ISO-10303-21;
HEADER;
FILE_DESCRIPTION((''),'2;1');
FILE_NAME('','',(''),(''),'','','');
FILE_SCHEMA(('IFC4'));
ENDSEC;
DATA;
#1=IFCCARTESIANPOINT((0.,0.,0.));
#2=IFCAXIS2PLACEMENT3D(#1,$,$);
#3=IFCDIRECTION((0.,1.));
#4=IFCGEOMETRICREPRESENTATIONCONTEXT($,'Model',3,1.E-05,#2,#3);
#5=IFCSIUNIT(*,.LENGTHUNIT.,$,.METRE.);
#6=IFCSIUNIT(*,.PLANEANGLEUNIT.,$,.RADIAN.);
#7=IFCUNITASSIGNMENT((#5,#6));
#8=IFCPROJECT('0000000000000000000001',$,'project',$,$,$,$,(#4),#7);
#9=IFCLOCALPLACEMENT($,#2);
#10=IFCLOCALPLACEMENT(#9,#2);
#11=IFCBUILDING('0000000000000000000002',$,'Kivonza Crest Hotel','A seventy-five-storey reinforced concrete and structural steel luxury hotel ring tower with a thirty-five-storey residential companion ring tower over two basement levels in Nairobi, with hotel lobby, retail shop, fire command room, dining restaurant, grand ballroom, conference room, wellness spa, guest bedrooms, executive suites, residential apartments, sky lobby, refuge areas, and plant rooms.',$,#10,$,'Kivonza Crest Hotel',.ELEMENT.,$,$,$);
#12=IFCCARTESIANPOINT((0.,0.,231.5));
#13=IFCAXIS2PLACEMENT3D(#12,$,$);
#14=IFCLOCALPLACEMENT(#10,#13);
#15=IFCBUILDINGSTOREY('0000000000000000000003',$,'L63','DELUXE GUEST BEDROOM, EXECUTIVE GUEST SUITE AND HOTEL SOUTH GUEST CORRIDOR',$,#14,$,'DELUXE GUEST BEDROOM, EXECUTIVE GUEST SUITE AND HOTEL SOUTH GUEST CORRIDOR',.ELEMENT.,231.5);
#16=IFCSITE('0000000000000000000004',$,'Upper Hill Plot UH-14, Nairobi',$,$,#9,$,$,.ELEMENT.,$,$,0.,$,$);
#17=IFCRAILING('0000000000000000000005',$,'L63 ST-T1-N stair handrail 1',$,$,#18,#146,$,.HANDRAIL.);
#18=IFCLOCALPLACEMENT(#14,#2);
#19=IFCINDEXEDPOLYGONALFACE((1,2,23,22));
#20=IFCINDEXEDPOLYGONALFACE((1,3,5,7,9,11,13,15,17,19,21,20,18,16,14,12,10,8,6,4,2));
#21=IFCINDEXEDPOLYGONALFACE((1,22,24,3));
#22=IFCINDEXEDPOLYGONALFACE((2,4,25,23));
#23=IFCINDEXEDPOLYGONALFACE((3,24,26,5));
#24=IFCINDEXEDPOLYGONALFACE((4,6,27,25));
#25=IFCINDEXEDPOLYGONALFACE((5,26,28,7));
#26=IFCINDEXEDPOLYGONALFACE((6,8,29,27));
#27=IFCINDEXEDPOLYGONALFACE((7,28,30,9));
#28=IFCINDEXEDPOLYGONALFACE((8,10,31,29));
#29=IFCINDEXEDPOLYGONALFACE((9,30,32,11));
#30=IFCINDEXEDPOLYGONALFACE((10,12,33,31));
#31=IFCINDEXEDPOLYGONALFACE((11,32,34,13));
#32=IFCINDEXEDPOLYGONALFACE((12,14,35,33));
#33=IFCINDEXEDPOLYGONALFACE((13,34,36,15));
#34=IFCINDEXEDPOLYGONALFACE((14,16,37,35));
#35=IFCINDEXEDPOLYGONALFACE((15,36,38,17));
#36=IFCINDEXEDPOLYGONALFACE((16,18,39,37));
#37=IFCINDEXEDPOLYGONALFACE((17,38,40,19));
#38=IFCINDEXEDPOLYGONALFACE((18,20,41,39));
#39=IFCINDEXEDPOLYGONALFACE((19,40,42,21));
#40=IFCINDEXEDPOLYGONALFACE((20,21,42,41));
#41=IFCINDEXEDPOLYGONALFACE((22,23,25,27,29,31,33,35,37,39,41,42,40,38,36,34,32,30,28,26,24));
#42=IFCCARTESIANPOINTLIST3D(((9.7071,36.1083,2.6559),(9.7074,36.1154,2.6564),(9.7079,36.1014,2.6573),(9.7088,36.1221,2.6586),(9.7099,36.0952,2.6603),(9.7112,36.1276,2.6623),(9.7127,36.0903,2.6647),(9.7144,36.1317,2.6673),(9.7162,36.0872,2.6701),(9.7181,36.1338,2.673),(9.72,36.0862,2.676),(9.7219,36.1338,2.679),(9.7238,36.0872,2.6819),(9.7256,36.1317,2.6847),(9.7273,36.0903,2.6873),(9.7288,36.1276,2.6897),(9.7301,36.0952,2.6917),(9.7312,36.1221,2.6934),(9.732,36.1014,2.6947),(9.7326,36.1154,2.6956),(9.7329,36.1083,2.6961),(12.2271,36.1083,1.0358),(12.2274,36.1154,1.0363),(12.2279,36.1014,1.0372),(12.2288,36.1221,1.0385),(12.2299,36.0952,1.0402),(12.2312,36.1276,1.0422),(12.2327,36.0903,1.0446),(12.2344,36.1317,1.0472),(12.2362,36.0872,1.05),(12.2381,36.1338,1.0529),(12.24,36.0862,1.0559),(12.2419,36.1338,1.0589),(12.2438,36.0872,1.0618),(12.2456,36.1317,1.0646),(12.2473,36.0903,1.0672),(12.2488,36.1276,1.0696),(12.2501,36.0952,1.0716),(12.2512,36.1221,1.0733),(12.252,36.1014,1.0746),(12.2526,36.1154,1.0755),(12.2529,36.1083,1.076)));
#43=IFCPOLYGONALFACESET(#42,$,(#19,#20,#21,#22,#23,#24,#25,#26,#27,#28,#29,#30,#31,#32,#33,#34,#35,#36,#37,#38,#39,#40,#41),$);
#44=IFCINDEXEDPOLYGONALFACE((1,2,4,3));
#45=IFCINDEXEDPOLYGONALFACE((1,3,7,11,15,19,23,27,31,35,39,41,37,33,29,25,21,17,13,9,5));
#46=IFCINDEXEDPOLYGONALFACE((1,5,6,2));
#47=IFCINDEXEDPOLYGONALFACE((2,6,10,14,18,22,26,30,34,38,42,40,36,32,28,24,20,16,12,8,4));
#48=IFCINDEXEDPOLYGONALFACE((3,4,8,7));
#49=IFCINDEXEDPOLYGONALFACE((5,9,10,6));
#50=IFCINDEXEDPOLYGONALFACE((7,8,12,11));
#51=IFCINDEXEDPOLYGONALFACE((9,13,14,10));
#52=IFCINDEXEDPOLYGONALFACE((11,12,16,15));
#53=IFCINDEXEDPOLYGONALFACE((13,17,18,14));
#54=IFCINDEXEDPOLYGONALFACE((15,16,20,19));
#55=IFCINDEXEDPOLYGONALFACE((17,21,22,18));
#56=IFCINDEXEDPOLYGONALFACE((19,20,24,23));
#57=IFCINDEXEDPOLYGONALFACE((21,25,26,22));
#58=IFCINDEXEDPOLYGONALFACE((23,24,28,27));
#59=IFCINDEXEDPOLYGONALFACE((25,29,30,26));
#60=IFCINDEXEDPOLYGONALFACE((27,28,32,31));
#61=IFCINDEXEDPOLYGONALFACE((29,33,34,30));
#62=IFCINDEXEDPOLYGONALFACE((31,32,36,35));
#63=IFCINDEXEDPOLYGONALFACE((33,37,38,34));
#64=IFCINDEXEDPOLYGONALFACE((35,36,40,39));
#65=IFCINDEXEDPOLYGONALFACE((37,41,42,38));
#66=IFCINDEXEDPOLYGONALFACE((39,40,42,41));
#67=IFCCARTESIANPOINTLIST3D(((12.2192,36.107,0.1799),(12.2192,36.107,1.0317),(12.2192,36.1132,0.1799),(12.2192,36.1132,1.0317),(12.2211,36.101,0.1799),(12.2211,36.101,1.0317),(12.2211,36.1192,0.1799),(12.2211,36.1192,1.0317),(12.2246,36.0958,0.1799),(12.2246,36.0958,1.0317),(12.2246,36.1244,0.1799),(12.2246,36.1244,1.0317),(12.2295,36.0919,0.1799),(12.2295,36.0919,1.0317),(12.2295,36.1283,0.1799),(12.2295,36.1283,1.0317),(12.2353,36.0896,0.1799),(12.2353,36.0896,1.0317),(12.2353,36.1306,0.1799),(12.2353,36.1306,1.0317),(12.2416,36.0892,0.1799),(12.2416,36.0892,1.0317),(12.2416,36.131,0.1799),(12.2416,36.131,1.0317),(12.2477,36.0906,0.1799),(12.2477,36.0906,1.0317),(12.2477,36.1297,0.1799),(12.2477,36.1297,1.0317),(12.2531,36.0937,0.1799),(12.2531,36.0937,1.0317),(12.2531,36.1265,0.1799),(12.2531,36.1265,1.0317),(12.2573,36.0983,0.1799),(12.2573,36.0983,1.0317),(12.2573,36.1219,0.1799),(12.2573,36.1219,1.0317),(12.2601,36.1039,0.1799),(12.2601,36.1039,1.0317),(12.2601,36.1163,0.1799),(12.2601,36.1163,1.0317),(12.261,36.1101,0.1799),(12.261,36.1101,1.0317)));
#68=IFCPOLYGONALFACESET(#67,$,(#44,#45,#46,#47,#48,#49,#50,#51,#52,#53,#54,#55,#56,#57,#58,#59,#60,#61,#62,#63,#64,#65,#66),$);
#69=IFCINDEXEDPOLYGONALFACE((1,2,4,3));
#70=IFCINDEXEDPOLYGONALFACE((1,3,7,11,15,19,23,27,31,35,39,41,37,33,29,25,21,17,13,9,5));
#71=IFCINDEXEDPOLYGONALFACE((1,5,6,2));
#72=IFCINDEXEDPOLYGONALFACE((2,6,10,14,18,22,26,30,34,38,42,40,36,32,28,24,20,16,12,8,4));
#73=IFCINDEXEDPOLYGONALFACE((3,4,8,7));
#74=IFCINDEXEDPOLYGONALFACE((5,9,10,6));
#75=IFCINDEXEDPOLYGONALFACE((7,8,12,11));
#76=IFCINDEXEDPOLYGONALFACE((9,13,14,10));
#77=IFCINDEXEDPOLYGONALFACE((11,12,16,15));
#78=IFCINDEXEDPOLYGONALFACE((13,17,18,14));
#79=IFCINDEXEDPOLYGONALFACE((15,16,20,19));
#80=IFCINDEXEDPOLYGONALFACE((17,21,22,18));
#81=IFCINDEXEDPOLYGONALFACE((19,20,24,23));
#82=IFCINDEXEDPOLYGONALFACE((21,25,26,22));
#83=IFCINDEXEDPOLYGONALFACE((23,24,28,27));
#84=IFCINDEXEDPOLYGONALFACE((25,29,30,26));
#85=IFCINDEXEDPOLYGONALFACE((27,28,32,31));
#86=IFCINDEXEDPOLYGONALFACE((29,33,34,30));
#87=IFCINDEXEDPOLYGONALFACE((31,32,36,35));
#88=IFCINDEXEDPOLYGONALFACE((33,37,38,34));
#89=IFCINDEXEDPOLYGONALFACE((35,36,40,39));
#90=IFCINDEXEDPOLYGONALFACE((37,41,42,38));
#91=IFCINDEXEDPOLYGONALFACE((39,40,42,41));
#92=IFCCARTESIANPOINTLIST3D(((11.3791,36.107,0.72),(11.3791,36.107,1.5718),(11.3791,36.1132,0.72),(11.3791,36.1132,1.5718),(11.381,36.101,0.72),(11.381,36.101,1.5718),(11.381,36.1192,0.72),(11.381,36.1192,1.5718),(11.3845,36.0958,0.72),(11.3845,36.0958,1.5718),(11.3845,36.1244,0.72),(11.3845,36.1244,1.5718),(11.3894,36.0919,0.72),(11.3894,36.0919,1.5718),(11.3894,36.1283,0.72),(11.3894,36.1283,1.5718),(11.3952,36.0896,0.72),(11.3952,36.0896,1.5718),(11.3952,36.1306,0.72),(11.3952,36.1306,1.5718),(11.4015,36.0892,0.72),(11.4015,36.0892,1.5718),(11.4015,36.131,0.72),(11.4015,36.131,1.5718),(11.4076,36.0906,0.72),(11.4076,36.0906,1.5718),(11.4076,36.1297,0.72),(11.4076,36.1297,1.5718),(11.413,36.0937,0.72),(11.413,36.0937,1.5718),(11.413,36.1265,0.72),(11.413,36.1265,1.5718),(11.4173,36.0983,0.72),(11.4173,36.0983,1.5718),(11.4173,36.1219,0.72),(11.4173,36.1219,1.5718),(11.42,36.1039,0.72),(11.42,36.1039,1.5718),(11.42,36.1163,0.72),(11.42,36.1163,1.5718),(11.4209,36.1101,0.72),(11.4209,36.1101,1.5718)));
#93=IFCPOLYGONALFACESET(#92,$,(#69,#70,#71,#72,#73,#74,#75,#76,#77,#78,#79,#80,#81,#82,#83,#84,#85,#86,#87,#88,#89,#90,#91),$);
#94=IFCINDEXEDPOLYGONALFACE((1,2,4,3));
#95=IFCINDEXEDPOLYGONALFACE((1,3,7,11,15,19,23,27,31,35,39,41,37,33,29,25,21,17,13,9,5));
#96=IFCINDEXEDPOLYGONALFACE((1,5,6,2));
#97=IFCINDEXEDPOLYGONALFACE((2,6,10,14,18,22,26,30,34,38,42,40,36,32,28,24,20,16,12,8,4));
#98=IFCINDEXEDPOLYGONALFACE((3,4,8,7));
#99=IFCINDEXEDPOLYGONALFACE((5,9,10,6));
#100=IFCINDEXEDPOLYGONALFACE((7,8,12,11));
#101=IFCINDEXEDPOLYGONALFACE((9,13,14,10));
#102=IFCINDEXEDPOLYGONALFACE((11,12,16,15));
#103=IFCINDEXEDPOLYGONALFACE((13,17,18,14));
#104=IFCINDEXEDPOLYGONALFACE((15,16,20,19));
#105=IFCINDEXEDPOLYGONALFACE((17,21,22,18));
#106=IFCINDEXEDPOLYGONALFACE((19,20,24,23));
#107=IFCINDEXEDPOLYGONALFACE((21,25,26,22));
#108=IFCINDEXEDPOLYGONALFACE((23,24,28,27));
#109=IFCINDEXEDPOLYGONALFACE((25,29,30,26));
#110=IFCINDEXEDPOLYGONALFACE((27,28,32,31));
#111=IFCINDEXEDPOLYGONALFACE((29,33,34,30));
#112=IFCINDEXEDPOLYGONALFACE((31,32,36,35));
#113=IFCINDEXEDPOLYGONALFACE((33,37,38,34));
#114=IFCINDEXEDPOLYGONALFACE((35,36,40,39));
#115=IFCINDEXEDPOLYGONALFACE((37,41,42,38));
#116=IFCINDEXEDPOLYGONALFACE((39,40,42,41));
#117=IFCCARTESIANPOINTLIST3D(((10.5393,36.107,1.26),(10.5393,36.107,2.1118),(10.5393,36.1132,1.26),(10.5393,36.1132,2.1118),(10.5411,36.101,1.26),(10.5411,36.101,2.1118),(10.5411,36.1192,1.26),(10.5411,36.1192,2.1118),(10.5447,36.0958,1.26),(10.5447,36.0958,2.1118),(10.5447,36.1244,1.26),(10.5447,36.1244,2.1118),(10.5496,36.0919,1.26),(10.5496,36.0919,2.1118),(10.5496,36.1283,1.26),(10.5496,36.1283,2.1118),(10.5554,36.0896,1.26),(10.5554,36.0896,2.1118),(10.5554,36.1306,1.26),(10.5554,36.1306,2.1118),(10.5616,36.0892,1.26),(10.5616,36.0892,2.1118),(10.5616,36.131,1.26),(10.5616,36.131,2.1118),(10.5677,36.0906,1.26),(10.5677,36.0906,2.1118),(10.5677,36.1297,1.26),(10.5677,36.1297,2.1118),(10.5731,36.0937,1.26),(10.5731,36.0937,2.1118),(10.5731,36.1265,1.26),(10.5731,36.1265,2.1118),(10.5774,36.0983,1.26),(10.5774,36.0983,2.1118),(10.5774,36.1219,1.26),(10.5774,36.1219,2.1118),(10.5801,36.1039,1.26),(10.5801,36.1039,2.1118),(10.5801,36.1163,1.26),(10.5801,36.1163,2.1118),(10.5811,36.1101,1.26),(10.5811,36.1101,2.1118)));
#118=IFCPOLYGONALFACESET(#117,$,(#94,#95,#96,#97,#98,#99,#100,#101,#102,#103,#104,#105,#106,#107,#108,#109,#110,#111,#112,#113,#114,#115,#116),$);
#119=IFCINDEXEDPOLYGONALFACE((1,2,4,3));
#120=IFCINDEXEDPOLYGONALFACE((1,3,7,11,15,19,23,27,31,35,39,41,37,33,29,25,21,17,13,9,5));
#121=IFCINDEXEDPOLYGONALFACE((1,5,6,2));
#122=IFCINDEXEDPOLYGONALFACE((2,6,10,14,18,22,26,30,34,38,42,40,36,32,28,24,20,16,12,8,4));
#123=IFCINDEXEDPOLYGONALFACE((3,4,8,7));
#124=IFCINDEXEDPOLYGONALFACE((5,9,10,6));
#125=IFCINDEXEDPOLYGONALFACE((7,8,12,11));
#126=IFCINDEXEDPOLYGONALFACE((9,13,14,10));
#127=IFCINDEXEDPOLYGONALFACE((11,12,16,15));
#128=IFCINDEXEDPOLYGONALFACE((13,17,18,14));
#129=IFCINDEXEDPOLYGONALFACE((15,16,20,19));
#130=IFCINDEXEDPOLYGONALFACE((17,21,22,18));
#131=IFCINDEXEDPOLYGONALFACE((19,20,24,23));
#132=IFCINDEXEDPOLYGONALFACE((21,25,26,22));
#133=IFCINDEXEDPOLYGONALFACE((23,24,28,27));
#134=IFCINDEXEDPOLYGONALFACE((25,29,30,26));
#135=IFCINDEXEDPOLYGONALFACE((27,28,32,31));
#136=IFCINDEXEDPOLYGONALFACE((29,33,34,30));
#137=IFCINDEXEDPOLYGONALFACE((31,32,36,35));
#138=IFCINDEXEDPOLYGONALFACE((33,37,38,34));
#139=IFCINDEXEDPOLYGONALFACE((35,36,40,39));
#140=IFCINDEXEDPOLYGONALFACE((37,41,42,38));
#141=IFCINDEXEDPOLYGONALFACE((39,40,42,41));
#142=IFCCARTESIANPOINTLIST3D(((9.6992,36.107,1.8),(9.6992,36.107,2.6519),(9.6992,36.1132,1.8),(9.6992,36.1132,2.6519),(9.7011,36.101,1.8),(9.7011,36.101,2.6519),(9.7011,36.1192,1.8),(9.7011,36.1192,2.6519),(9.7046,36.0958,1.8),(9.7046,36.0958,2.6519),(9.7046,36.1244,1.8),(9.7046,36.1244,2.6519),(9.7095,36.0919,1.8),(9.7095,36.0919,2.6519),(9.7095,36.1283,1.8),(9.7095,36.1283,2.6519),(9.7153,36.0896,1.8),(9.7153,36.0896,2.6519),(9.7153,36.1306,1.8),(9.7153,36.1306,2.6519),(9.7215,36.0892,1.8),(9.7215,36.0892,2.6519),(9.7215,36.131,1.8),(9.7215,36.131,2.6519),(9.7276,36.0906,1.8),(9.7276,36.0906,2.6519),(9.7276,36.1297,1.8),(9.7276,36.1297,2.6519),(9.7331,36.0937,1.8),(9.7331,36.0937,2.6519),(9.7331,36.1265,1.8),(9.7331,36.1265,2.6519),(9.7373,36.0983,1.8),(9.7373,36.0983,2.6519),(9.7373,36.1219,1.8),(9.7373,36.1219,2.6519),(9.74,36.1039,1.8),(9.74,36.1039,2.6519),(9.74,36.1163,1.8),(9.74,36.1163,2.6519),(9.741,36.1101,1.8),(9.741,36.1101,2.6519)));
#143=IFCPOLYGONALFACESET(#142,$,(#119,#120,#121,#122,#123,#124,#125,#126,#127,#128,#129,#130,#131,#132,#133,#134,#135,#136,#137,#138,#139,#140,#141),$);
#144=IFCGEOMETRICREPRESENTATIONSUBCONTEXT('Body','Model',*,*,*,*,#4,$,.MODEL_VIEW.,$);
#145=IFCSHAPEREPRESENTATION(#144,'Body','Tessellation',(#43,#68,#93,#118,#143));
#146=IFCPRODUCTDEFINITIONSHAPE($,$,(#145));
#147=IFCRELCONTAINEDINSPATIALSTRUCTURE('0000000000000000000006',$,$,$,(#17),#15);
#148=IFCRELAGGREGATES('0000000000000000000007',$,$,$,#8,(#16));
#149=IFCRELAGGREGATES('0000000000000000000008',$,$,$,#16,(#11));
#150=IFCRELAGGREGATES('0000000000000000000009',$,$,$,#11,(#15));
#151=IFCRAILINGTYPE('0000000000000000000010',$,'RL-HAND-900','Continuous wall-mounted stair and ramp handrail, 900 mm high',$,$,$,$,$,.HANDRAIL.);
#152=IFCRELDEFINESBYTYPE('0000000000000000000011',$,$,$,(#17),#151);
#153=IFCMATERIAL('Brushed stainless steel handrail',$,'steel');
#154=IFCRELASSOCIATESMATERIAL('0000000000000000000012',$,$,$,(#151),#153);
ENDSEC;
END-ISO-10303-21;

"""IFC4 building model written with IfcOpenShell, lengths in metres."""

from ifc_helpers import new_model, si_unit, direction, frame, origin, origin_2d, place, context, subcontext, project, spatial, circle, extrude, material, type_object, element, save


model = new_model("IFC4")

# Units and contexts
model_context = context("Model", 3, precision=1e-05, world=origin(), true_north=direction((0.0, 1.0)))
body_context = subcontext(model_context, "Body", "Model", "MODEL_VIEW")
ifc_project = project(units=[si_unit("LENGTHUNIT", "METRE"), si_unit("PLANEANGLEUNIT", "RADIAN")], contexts=[model_context])

# Site, building, storey
site_placement = place(None, origin())
site = spatial("IfcSite", under=ifc_project, at=site_placement, Name="Upper Hill Plot UH-14, Nairobi", CompositionType="ELEMENT", RefElevation=0.0)
building_placement = place(site_placement, origin())
building = spatial("IfcBuilding", under=site, at=building_placement, Name="Kivonza Crest Hotel", Description="A seventy-five-storey reinforced concrete and structural steel luxury hotel ring tower with a thirty-five-storey residential companion ring tower over two basement levels in Nairobi, with hotel lobby, retail shop, fire command room, dining restaurant, grand ballroom, conference room, wellness spa, guest bedrooms, executive suites, residential apartments, sky lobby, refuge areas, and plant rooms.", LongName="Kivonza Crest Hotel", CompositionType="ELEMENT")
storey_placement = place(building_placement, frame((0.0, 0.0, 231.5)))
storey = spatial("IfcBuildingStorey", under=building, at=storey_placement, Name="L63", Description="DELUXE GUEST BEDROOM, EXECUTIVE GUEST SUITE AND HOTEL SOUTH GUEST CORRIDOR", LongName="DELUXE GUEST BEDROOM, EXECUTIVE GUEST SUITE AND HOTEL SOUTH GUEST CORRIDOR", CompositionType="ELEMENT", Elevation=231.5)

# Railing
ifc_material_1 = material(Name="Brushed stainless steel handrail", Category="steel")
railing_type_1 = type_object("IfcRailingType", Name="RL-HAND-900", Description="Continuous wall-mounted stair and ramp handrail, 900 mm high", PredefinedType="HANDRAIL", material=ifc_material_1)
railing_1_placement = place(storey_placement, frame((12.24, 36.1101, 0.1799)))
element("IfcRailing", 1, at=railing_1_placement, inside=storey, type_object=railing_type_1, Name="L63 ST-T1-N stair handrail 1", PredefinedType="HANDRAIL", context=body_context, shape_type="SweptSolid", body=[
    extrude(circle(Radius=0.0239, at=origin_2d()), frame((0.0, 0.0, 0.876), z_axis=(-0.841163, 0.0, 0.540782), x_axis=(0.0, -1.0, 0.0)), (0.0, 0.0, 1.0), 2.9958),
    extrude(circle(Radius=0.021, at=origin_2d()), origin(), (0.0, 0.0, 1.0), 0.8518),
    extrude(circle(Radius=0.021, at=origin_2d()), frame((-0.8401, 0.0, 0.54)), (0.0, 0.0, 1.0), 0.8518),
    extrude(circle(Radius=0.021, at=origin_2d()), frame((-1.6799, 0.0, 1.0801)), (0.0, 0.0, 1.0), 0.8518),
    extrude(circle(Radius=0.021, at=origin_2d()), frame((-2.52, 0.0, 1.6201)), (0.0, 0.0, 1.0), 0.8518),
])

save(model, "model.ifc")
